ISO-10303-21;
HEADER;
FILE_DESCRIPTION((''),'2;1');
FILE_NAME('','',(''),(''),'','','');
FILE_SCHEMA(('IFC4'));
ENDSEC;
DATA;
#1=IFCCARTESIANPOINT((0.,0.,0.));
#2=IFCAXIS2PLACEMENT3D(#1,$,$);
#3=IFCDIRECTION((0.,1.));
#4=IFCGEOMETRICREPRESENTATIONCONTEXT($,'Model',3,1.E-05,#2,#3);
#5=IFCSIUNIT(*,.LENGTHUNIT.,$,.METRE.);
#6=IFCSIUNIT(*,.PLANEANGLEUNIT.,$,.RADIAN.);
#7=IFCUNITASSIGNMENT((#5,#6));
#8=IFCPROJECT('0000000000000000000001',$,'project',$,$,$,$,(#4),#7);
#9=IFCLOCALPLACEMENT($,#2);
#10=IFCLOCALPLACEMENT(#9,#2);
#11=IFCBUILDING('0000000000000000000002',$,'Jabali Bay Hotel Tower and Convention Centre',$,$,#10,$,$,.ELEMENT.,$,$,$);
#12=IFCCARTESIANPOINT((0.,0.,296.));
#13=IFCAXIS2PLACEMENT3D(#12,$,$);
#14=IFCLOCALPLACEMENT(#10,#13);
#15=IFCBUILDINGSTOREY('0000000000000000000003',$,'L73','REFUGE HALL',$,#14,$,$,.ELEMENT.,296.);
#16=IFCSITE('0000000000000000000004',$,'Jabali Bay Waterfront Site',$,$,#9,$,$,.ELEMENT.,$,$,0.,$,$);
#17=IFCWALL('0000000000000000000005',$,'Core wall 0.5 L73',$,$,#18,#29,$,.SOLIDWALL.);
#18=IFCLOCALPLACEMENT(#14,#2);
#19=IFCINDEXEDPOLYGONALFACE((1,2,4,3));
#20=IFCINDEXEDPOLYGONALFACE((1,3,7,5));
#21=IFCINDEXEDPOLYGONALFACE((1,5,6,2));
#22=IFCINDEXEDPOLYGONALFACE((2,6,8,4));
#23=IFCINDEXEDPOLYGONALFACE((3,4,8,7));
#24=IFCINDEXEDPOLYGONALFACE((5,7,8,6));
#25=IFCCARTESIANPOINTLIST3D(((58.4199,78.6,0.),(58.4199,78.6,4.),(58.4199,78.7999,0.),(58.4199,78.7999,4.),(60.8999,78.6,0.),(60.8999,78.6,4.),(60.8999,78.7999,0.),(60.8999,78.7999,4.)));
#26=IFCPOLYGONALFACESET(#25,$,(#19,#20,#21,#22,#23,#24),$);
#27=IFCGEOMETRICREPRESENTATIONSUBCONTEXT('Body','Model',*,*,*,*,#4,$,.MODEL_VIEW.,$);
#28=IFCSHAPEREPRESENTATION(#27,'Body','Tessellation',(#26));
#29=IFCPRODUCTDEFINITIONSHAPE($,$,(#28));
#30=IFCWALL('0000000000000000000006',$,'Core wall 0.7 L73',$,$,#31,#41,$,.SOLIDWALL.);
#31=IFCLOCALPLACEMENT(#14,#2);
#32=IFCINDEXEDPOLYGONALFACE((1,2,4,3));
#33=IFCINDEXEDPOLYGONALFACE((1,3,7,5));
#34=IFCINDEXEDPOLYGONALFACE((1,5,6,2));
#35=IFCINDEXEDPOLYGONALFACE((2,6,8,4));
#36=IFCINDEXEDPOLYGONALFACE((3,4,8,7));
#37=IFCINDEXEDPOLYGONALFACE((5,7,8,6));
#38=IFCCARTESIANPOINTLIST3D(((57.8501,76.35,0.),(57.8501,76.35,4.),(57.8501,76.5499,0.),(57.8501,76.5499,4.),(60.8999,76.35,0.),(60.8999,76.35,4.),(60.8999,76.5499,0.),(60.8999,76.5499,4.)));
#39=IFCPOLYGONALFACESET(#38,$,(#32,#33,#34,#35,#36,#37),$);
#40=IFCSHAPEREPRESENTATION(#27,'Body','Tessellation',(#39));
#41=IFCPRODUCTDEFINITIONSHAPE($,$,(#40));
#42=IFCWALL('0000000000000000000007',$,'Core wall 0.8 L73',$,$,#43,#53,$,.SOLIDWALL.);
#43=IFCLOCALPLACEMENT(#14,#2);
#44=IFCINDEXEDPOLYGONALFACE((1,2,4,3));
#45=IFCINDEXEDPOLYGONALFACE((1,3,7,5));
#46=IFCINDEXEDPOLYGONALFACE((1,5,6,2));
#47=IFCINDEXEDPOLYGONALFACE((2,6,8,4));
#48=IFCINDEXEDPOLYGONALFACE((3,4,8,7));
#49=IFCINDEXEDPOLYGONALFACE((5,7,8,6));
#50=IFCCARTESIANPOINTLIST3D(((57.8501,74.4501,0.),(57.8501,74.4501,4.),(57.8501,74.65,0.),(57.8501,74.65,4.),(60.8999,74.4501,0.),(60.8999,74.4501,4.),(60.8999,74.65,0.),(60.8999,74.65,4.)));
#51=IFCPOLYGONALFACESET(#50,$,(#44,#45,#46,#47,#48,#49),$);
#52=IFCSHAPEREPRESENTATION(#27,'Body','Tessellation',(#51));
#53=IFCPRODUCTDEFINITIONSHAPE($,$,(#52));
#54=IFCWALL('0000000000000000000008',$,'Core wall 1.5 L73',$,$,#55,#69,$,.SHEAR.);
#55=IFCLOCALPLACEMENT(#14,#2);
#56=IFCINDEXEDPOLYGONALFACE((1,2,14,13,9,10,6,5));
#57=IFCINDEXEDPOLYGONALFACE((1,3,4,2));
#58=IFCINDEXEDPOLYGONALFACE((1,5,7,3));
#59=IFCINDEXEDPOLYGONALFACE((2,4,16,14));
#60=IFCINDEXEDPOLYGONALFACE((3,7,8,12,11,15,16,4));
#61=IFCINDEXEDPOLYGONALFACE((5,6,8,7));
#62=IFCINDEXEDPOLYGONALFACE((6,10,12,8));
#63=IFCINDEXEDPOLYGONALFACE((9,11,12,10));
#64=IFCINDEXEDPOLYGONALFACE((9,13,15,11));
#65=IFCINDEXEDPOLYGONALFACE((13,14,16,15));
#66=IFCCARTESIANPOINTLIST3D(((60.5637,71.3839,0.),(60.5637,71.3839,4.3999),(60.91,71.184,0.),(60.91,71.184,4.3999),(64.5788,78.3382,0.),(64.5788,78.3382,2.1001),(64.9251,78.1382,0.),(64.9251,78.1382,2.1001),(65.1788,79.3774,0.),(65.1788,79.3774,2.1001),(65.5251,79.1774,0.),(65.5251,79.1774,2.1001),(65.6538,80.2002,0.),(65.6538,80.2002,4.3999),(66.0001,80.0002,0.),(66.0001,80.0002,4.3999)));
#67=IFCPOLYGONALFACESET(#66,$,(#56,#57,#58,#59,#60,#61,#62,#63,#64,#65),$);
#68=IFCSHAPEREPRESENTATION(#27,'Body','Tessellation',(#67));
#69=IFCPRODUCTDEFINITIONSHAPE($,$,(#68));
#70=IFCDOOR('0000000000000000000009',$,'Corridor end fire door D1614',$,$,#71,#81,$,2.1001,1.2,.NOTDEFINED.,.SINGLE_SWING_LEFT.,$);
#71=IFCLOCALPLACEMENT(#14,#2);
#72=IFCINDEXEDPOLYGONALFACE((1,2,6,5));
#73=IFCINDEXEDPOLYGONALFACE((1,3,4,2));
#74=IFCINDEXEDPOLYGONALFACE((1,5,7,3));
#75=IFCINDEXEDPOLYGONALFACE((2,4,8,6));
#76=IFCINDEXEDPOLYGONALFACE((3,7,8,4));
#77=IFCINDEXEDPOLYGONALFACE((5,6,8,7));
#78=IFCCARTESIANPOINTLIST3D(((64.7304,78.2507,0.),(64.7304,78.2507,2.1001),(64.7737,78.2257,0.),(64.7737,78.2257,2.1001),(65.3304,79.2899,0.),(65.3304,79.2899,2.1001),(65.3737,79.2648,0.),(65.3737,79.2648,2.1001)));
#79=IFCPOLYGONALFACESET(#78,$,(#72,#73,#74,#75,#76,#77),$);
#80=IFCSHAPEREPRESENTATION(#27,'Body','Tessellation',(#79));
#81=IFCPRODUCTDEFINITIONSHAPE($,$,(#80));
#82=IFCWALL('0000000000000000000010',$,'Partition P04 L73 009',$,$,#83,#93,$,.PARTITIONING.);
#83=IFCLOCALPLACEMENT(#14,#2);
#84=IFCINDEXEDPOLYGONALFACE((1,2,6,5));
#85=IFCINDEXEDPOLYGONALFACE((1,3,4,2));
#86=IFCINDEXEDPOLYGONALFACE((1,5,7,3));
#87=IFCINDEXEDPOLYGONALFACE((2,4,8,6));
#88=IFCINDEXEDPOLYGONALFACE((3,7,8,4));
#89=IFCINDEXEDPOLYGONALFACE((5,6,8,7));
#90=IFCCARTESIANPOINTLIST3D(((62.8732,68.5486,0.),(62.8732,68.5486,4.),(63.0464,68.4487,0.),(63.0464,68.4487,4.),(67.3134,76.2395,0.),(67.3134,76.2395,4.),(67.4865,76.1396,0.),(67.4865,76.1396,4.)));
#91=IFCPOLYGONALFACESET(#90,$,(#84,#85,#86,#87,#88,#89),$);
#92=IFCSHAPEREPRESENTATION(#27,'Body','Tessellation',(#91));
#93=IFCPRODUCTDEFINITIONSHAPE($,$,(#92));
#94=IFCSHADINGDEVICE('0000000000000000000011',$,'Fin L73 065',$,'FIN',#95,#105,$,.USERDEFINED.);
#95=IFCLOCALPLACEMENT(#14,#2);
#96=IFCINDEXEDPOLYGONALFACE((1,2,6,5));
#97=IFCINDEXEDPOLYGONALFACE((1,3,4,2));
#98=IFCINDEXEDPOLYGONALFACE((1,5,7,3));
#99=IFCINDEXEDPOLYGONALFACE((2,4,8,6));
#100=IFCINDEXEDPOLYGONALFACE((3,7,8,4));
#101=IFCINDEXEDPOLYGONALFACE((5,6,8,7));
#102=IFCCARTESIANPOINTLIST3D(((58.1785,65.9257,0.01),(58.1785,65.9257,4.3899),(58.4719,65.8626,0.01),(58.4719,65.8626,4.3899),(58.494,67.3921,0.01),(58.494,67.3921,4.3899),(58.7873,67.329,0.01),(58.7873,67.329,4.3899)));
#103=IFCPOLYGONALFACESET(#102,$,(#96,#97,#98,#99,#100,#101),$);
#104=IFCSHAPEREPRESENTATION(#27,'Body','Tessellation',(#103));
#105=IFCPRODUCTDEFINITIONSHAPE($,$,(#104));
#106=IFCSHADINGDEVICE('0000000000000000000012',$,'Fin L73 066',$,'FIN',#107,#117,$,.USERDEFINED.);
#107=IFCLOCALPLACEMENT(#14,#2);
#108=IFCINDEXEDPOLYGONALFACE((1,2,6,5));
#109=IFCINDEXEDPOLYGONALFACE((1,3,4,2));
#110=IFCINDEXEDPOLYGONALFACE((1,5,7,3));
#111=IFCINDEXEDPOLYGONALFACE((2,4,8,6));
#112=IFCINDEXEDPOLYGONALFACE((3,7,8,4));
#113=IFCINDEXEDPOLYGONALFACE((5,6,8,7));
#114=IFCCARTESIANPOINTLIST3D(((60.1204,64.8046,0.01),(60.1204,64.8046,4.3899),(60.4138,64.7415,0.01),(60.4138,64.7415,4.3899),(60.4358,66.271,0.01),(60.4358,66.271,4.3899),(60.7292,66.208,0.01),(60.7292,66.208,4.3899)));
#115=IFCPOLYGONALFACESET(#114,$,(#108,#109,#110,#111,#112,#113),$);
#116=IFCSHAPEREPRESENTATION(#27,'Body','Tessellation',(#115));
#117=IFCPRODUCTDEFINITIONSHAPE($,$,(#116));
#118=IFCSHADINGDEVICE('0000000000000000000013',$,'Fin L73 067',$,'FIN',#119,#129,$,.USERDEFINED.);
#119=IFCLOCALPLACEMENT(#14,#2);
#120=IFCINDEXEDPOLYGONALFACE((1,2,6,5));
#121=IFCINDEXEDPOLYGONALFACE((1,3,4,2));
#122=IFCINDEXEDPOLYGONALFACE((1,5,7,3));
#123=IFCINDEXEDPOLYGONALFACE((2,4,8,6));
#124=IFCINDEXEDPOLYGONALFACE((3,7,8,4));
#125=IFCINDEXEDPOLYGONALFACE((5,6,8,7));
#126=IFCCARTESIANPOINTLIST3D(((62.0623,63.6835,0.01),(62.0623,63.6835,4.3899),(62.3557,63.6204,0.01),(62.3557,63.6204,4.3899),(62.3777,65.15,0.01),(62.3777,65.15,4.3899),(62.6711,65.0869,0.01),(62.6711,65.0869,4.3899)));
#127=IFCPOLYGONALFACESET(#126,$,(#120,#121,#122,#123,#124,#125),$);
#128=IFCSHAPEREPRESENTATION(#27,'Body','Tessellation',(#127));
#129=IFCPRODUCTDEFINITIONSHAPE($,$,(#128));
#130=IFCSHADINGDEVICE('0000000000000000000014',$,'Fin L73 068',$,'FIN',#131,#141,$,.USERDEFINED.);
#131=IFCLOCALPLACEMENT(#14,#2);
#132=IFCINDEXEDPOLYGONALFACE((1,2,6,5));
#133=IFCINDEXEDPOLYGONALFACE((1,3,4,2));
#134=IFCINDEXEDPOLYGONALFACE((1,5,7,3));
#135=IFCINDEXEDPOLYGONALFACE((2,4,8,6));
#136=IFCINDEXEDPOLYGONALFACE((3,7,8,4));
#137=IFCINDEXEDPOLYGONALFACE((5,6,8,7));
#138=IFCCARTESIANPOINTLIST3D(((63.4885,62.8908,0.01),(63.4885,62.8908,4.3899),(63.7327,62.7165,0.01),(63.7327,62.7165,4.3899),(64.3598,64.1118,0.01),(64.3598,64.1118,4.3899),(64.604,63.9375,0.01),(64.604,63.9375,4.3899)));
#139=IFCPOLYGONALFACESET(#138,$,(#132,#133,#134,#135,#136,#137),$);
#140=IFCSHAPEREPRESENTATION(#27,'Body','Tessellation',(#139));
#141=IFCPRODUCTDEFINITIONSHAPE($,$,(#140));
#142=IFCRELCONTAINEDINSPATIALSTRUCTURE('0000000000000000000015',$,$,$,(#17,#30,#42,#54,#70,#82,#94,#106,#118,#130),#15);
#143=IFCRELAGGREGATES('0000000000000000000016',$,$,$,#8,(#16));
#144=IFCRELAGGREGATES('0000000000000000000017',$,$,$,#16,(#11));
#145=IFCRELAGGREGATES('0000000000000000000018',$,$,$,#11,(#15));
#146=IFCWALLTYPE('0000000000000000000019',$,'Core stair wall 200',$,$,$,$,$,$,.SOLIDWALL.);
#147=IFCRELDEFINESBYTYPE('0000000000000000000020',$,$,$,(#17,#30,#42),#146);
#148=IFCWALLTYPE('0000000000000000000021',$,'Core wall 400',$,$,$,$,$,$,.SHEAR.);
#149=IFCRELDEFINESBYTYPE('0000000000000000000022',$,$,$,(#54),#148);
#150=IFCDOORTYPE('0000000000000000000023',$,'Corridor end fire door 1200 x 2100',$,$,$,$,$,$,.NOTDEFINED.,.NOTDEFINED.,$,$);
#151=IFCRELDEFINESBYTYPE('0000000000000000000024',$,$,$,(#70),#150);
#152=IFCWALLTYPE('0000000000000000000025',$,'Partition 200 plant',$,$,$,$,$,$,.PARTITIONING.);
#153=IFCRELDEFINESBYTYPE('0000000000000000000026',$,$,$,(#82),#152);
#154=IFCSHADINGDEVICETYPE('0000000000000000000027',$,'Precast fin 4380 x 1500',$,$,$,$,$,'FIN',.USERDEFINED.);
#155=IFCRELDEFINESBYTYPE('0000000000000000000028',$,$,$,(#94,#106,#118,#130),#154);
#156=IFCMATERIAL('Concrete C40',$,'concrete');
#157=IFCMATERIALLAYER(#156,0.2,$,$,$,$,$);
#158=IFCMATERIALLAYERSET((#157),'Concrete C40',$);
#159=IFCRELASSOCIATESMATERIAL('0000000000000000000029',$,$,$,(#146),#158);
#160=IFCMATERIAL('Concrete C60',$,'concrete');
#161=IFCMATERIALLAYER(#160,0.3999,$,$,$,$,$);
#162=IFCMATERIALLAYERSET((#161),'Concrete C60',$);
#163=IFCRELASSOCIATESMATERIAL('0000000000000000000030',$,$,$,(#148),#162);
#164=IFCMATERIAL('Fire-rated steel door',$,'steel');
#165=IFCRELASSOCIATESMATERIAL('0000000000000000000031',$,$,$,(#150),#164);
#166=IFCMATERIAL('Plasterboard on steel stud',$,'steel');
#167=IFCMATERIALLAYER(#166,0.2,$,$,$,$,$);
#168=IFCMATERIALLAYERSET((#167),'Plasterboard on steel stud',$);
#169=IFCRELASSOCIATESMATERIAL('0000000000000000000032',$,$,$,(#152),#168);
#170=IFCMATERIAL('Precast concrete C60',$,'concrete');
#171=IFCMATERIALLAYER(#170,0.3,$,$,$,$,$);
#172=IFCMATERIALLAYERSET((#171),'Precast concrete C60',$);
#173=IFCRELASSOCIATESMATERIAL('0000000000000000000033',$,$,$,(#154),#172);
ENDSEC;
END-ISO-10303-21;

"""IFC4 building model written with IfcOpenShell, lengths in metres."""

from ifc_helpers import new_model, si_unit, direction, frame, frame_2d, origin, place, context, subcontext, project, spatial, rectangle, extrude, material, layer, layer_set, type_object, element, fill, save


model = new_model("IFC4")

# Units and contexts
model_context = context("Model", 3, precision=1e-05, world=origin(), true_north=direction((0.0, 1.0)))
body_context = subcontext(model_context, "Body", "Model", "MODEL_VIEW")
ifc_project = project(units=[si_unit("LENGTHUNIT", "METRE"), si_unit("PLANEANGLEUNIT", "RADIAN")], contexts=[model_context])

# Site, building, storey
site_placement = place(None, origin())
site = spatial("IfcSite", under=ifc_project, at=site_placement, Name="Jabali Bay Waterfront Site", CompositionType="ELEMENT", RefElevation=0.0)
building_placement = place(site_placement, origin())
building = spatial("IfcBuilding", under=site, at=building_placement, Name="Jabali Bay Hotel Tower and Convention Centre", CompositionType="ELEMENT")
storey_placement = place(building_placement, frame((0.0, 0.0, 296.0)))
storey = spatial("IfcBuildingStorey", under=building, at=storey_placement, Name="L73", Description="REFUGE HALL", CompositionType="ELEMENT", Elevation=296.0)

# Walls
ifc_material_1 = material(Name="Concrete C40", Category="concrete")
ifc_layer_1 = layer(ifc_material_1, 0.2)
ifc_layer_set_1 = layer_set([ifc_layer_1], Name="Concrete C40")
wall_type_1 = type_object("IfcWallType", Name="Core stair wall 200", PredefinedType="SOLIDWALL", material=ifc_layer_set_1)
wall_1_placement = place(storey_placement, frame((60.8999, 78.7, 0.0), z_axis=(0.0, 0.0, 1.0), x_axis=(-1.0, 0.0, 0.0)))
element("IfcWall", 1, at=wall_1_placement, inside=storey, type_object=wall_type_1, Name="Core wall 0.5 L73", PredefinedType="SOLIDWALL", context=body_context, shape_type="SweptSolid", body=[
    extrude(rectangle(XDim=2.48, YDim=0.2, at=frame_2d((1.24, 0.0))), origin(), (0.0, 0.0, 1.0), 4.0),
])
for number, where, z_axis, x_axis, name in (
    (2, (60.8999, 76.45, 0.0), (0.0, 0.0, 1.0), (-1.0, 0.0, 0.0), "Core wall 0.7 L73"),
    (3, (60.8999, 74.55, 0.0), (0.0, 0.0, 1.0), (-1.0, 0.0, 0.0), "Core wall 0.8 L73"),
):
    element("IfcWall", number, at=place(storey_placement, frame(where, z_axis=z_axis, x_axis=x_axis)), inside=storey, type_object=wall_type_1, Name=name, PredefinedType="SOLIDWALL", context=body_context, shape_type="SweptSolid", body=[
        extrude(rectangle(XDim=3.0498, YDim=0.2, at=frame_2d((1.5249, 0.0))), origin(), (0.0, 0.0, 1.0), 4.0),
    ])

# Wall, opening, door
ifc_material_2 = material(Name="Concrete C60", Category="concrete")
ifc_layer_2 = layer(ifc_material_2, 0.3999)
ifc_layer_set_2 = layer_set([ifc_layer_2], Name="Concrete C60")
wall_type_2 = type_object("IfcWallType", Name="Core wall 400", PredefinedType="SHEAR", material=ifc_layer_set_2)
wall_2_placement = place(storey_placement, frame((60.7368, 71.2839, 0.0), z_axis=(0.0, 0.0, 1.0), x_axis=(0.500005, 0.866022, 0.0)))
wall_2 = element("IfcWall", 4, at=wall_2_placement, inside=storey, type_object=wall_type_2, Name="Core wall 1.5 L73", PredefinedType="SHEAR", context=body_context, shape_type="SweptSolid", body=[
    extrude(rectangle(XDim=10.1802, YDim=0.3999, at=frame_2d((5.0901, 0.0))), origin(), (0.0, 0.0, 1.0), 4.3999),
])
opening_1_placement = place(wall_2_placement, frame((8.03, 0.0, 0.0)))
opening_1 = element("IfcOpeningElement", 5, at=opening_1_placement, cuts=wall_2, PredefinedType="OPENING", context=body_context, shape_type="SweptSolid", body=[
    extrude(rectangle(XDim=1.2, YDim=2.1001, at=frame_2d((0.6001, 1.05))), frame((0.0, 0.2104, 0.0), z_axis=(0.0, -1.0, 0.0), x_axis=(1.0, 0.0, 0.0)), (0.0, 0.0, 1.0), 0.4209),
])
ifc_material_3 = material(Name="Fire-rated steel door", Category="steel")
door_type_1 = type_object("IfcDoorType", Name="Corridor end fire door 1200 x 2100", OperationType="NOTDEFINED", PredefinedType="NOTDEFINED", material=ifc_material_3)
door_1_placement = place(opening_1_placement, origin())
door_1 = element("IfcDoor", 6, at=door_1_placement, inside=storey, type_object=door_type_1, Name="Corridor end fire door D1614", OperationType="SINGLE_SWING_LEFT", OverallHeight=2.1001, OverallWidth=1.2, PredefinedType="NOTDEFINED", context=body_context, shape_type="SweptSolid", body=[
    extrude(rectangle(XDim=1.2, YDim=2.1001, at=frame_2d((0.6001, 1.05))), frame((0.0, 0.0249, 0.0), z_axis=(0.0, -1.0, 0.0), x_axis=(1.0, 0.0, 0.0)), (0.0, 0.0, 1.0), 0.05),
])
fill(opening_1, door_1)

# Wall
ifc_material_4 = material(Name="Plasterboard on steel stud", Category="steel")
ifc_layer_3 = layer(ifc_material_4, 0.2)
ifc_layer_set_3 = layer_set([ifc_layer_3], Name="Plasterboard on steel stud")
wall_type_3 = type_object("IfcWallType", Name="Partition 200 plant", PredefinedType="PARTITIONING", material=ifc_layer_set_3)
wall_3_placement = place(storey_placement, frame((62.9597, 68.4985, 0.0), z_axis=(0.0, 0.0, 1.0), x_axis=(0.499986, 0.866034, 0.0)))
element("IfcWall", 7, at=wall_3_placement, inside=storey, type_object=wall_type_3, Name="Partition P04 L73 009", PredefinedType="PARTITIONING", context=body_context, shape_type="SweptSolid", body=[
    extrude(rectangle(XDim=8.8806, YDim=0.2, at=frame_2d((4.4404, 0.0))), origin(), (0.0, 0.0, 1.0), 4.0),
])

# Shading devices
ifc_material_5 = material(Name="Precast concrete C60", Category="concrete")
ifc_layer_4 = layer(ifc_material_5, 0.3)
ifc_layer_set_4 = layer_set([ifc_layer_4], Name="Precast concrete C60")
shading_device_type = type_object("IfcShadingDeviceType", Name="Precast fin 4380 x 1500", ElementType="FIN", PredefinedType="USERDEFINED", material=ifc_layer_set_4)
for number, where, z_axis, x_axis, name in (
    (8, (58.6406, 67.3606, 0.01), (0.0, 0.0, 1.0), (-0.210274, -0.977643, 0.0), "Fin L73 065"),
    (9, (60.5825, 66.2395, 0.01), (0.0, 0.0, 1.0), (-0.210274, -0.977643, 0.0), "Fin L73 066"),
    (10, (62.5244, 65.1184, 0.01), (0.0, 0.0, 1.0), (-0.210274, -0.977643, 0.0), "Fin L73 067"),
    (11, (64.4819, 64.0247, 0.01), (0.0, 0.0, 1.0), (-0.580899, -0.813975, 0.0), "Fin L73 068"),
):
    element("IfcShadingDevice", number, at=place(storey_placement, frame(where, z_axis=z_axis, x_axis=x_axis)), inside=storey, type_object=shading_device_type, Name=name, ObjectType="FIN", PredefinedType="USERDEFINED", context=body_context, shape_type="SweptSolid", body=[
        extrude(rectangle(XDim=1.5, YDim=0.3, at=frame_2d((0.75, 0.0))), origin(), (0.0, 0.0, 1.0), 4.3799),
    ])

save(model, "model.ifc")
